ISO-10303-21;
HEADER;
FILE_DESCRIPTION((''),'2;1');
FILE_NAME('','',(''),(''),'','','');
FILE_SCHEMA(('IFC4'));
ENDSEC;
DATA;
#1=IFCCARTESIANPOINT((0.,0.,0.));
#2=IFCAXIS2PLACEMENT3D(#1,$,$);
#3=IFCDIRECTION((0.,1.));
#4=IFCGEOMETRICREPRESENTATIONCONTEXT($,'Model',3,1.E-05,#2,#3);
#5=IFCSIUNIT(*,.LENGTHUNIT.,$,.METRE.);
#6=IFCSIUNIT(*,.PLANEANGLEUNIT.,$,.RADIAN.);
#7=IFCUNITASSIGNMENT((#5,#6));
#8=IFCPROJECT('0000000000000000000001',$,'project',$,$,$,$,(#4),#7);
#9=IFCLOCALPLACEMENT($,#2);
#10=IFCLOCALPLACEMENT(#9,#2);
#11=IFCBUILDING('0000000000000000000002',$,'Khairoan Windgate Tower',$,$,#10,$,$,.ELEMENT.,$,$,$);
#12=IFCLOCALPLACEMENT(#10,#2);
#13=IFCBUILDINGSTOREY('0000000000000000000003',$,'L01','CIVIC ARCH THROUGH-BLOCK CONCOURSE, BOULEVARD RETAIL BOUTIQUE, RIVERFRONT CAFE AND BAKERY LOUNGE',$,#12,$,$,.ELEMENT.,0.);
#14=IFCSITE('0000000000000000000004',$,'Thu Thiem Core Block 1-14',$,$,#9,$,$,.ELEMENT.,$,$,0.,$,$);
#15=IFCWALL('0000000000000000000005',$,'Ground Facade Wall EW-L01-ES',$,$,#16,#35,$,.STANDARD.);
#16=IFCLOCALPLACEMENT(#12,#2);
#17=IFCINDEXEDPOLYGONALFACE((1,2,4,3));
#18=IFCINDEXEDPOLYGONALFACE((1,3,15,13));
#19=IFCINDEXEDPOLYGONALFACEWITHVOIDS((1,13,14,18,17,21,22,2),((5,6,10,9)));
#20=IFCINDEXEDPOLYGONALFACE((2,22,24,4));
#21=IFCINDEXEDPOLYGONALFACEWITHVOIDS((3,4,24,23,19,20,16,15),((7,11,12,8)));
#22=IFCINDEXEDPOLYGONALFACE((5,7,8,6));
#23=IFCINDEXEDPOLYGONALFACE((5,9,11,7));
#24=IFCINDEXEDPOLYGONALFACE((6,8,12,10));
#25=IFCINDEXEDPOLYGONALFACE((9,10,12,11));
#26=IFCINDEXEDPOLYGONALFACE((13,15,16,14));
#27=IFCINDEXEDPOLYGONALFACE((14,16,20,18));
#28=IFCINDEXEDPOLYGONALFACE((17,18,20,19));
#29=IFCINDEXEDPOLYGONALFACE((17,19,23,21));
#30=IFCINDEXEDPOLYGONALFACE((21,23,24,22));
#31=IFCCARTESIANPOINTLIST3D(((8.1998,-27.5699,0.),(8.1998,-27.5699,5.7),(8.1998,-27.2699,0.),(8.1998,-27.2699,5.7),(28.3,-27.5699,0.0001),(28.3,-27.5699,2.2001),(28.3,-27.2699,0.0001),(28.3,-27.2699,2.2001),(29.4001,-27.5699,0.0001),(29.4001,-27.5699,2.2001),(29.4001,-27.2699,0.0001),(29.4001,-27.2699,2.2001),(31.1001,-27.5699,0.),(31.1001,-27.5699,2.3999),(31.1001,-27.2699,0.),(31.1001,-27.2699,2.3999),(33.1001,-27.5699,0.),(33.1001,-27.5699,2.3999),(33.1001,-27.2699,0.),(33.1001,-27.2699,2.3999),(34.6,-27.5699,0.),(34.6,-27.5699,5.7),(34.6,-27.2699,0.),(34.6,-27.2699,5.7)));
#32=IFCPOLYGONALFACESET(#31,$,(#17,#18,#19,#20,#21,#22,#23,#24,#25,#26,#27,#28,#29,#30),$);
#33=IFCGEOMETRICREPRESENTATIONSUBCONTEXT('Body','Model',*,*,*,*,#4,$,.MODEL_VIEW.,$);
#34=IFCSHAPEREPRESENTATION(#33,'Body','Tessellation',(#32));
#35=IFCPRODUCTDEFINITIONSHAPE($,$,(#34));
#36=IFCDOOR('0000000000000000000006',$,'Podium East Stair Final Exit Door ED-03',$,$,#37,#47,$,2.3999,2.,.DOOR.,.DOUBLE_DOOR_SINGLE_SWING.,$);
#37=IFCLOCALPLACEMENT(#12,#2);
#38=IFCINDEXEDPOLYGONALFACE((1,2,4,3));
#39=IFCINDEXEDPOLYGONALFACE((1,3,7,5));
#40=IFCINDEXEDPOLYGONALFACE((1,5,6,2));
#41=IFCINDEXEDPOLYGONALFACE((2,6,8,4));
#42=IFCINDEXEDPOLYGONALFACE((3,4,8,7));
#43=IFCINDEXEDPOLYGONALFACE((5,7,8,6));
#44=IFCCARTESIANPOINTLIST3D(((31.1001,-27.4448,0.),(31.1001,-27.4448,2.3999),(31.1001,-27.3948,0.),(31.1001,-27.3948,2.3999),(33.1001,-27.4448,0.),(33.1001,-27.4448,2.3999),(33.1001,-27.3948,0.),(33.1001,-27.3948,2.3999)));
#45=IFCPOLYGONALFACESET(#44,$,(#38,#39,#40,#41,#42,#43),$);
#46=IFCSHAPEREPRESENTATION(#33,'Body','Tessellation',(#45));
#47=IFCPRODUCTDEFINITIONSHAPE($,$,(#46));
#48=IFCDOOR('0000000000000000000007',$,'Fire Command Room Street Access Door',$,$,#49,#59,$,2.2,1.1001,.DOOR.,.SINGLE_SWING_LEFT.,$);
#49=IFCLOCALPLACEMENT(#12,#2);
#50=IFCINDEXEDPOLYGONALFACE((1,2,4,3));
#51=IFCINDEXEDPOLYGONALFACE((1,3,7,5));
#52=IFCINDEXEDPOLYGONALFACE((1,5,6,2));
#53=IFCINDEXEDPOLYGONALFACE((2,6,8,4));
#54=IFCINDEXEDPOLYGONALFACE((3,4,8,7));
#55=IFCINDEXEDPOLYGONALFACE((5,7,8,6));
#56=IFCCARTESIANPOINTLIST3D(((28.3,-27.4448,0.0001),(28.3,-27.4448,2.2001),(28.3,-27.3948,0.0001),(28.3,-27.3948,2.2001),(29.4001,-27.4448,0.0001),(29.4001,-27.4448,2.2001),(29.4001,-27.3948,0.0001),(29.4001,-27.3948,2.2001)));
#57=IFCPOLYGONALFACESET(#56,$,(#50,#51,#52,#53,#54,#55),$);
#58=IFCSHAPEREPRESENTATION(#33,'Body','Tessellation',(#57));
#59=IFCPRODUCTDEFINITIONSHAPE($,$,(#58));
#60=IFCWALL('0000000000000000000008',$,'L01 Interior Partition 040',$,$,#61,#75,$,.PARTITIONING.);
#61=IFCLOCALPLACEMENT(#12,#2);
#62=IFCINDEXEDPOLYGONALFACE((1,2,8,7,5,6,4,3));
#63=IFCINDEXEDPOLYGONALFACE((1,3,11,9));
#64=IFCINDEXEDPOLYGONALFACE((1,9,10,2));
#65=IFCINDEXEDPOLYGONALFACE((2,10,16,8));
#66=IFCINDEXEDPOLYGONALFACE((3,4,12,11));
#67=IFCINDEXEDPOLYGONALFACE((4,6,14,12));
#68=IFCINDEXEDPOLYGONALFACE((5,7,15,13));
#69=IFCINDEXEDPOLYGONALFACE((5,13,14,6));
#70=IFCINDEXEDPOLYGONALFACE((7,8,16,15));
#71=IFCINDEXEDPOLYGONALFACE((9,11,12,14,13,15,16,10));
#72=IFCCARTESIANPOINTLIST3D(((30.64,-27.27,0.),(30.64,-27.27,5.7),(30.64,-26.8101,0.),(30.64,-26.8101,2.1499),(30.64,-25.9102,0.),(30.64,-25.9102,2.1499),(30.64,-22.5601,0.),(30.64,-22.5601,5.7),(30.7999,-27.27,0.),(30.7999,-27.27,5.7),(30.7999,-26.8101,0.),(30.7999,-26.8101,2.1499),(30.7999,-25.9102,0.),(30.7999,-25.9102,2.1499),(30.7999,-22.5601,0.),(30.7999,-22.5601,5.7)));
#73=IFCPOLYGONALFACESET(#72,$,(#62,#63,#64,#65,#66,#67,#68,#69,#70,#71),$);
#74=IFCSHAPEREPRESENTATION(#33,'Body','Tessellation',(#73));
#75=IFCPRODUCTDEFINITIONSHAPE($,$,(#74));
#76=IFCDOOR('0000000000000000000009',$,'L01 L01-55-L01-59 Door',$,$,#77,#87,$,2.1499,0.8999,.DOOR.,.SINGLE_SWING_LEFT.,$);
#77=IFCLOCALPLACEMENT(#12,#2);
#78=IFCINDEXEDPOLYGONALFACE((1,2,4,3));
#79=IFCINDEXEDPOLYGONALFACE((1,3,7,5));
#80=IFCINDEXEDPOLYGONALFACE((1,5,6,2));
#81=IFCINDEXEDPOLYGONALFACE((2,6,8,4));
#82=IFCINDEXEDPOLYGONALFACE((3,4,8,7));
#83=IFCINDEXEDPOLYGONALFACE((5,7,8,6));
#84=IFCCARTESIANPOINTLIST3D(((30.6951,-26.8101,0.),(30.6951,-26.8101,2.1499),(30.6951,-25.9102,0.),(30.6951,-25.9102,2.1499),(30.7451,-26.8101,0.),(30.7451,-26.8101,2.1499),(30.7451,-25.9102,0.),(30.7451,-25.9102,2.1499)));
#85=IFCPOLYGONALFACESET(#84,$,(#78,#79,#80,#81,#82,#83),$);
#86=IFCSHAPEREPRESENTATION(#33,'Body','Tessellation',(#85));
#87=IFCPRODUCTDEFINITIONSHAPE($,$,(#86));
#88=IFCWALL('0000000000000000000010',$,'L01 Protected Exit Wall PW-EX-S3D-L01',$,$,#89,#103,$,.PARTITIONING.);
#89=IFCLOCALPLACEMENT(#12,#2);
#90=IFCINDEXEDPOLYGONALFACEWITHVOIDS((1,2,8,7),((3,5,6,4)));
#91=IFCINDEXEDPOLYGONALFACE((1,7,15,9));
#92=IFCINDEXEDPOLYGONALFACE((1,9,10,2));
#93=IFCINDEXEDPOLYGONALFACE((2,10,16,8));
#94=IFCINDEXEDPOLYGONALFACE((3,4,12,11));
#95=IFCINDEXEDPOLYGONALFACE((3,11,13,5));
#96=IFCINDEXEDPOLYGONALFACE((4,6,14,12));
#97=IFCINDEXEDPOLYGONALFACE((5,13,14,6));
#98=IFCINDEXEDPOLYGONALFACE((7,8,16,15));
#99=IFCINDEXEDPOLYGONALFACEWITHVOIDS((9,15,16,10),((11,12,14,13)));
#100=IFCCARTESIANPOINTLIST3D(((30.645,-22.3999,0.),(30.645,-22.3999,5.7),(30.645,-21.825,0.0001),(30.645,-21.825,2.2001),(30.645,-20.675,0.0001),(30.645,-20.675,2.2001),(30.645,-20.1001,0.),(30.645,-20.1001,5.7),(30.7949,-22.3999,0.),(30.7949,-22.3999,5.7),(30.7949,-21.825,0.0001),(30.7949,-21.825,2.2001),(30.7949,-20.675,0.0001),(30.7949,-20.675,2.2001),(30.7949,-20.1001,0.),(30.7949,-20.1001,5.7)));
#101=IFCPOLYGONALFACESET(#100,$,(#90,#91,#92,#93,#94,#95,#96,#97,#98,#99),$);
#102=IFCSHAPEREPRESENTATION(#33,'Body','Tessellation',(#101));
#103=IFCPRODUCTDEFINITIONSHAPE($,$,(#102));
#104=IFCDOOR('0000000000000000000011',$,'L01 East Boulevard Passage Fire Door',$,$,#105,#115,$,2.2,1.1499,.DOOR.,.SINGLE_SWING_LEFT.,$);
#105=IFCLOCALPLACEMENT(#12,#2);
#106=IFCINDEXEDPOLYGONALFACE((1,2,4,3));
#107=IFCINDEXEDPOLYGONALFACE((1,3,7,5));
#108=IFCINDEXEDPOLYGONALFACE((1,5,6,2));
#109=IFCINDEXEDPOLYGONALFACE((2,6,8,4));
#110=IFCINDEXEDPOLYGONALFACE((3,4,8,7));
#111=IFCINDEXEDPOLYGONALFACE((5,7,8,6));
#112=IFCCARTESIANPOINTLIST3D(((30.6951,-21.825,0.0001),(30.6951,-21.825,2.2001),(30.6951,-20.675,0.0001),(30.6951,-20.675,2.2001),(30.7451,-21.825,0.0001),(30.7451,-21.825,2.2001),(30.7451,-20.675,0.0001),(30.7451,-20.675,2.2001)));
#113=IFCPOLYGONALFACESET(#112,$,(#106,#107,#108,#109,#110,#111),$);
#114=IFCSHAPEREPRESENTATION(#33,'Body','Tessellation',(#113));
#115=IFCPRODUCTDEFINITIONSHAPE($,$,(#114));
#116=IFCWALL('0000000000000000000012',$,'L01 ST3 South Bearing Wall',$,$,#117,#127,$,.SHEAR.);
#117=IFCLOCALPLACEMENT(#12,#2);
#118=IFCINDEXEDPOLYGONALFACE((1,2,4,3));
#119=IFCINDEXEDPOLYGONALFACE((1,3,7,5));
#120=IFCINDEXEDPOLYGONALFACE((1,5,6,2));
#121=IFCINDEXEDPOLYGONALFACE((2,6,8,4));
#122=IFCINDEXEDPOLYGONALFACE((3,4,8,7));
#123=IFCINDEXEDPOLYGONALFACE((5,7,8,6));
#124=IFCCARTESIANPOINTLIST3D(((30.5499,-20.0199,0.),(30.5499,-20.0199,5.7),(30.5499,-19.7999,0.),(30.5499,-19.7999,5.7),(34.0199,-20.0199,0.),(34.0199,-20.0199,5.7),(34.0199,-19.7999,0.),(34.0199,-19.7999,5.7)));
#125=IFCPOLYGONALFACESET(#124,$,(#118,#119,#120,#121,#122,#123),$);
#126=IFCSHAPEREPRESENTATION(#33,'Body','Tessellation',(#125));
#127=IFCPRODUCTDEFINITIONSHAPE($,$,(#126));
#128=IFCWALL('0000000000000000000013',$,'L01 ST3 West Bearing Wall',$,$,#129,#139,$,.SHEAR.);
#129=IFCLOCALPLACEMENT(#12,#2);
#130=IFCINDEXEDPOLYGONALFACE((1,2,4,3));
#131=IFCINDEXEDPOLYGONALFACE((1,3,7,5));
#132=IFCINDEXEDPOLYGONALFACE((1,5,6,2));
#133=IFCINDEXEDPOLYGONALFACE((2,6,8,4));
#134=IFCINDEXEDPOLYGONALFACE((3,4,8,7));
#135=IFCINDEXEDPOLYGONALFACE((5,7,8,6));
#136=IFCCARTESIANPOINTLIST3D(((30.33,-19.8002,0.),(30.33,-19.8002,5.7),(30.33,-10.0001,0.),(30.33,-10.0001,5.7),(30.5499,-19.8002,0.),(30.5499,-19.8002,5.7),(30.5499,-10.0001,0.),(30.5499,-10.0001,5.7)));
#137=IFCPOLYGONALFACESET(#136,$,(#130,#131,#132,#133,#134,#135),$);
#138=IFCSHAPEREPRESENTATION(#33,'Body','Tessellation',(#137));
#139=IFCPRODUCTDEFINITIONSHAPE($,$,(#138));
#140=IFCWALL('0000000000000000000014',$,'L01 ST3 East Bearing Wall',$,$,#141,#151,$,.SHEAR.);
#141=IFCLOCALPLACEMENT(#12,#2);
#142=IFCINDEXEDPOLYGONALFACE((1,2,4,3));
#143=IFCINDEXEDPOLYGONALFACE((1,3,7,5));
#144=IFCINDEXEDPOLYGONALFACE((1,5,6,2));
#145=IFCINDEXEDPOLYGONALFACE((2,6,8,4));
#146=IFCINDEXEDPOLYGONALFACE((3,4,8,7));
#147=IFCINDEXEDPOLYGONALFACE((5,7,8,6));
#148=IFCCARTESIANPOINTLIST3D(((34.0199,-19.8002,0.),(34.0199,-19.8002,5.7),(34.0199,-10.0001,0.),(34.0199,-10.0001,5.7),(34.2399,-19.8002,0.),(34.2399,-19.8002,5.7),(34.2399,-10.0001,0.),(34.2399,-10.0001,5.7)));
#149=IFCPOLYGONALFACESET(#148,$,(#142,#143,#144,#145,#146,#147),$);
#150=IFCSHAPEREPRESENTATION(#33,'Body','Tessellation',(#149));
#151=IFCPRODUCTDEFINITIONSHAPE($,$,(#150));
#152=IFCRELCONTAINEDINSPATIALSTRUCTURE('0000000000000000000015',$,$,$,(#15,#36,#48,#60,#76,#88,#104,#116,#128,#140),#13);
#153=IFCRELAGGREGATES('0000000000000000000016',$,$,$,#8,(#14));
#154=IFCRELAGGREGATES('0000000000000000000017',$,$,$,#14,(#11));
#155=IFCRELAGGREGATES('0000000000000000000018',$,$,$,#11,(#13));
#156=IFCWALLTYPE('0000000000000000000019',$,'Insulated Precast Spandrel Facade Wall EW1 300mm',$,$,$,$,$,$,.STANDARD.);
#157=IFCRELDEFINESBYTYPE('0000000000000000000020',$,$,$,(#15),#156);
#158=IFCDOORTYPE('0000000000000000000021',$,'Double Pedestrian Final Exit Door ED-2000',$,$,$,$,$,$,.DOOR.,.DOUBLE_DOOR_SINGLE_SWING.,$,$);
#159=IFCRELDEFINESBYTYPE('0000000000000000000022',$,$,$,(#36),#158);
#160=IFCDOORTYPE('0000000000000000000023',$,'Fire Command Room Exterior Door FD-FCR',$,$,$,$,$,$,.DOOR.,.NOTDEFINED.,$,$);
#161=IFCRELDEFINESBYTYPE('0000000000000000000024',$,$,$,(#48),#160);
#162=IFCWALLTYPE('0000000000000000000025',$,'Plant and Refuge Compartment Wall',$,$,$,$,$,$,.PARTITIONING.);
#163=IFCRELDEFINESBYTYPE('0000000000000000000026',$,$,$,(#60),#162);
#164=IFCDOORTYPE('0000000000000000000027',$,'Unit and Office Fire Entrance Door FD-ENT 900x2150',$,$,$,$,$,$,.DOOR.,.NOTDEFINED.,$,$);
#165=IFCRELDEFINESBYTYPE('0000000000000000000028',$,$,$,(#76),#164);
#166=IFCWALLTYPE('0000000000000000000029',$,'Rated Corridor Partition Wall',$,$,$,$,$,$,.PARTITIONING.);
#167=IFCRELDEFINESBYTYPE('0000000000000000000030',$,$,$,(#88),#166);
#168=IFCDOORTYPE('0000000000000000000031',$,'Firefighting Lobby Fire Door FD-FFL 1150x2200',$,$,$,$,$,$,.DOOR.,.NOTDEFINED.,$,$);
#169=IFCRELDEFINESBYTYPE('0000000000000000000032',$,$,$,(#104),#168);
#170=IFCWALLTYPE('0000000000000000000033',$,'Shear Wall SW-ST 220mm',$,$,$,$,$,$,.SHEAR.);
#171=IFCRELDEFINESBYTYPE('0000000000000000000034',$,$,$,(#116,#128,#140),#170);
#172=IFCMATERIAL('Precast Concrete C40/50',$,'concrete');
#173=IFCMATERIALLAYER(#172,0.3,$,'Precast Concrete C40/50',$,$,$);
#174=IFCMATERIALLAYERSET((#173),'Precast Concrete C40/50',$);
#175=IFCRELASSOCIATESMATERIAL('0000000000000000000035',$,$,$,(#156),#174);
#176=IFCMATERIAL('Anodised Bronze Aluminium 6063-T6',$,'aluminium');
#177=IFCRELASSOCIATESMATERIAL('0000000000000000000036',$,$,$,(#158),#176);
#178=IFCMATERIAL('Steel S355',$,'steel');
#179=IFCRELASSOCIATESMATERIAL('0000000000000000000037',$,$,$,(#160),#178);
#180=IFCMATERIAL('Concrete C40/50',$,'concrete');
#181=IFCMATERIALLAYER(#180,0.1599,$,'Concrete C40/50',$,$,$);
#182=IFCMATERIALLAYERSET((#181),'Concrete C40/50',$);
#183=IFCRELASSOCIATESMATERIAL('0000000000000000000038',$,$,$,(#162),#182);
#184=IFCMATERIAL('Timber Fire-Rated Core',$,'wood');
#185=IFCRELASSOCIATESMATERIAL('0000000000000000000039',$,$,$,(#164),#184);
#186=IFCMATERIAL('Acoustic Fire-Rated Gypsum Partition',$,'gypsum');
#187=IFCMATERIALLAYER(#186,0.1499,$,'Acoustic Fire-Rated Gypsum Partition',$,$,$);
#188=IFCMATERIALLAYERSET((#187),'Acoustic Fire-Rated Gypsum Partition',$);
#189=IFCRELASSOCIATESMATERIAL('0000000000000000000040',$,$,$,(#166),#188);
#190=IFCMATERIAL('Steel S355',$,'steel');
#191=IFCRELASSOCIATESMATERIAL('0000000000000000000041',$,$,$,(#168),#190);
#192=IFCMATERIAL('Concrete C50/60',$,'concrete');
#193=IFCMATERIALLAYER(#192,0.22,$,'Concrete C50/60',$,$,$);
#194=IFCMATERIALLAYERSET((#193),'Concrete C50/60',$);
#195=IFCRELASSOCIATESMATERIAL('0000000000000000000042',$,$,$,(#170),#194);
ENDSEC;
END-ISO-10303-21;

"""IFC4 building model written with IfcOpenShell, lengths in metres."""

from ifc_helpers import new_model, si_unit, direction, frame, frame_2d, origin, place, context, subcontext, project, spatial, rectangle, extrude, material, layer, layer_set, type_object, element, fill, save


model = new_model("IFC4")

# Units and contexts
model_context = context("Model", 3, precision=1e-05, world=origin(), true_north=direction((0.0, 1.0)))
body_context = subcontext(model_context, "Body", "Model", "MODEL_VIEW")
ifc_project = project(units=[si_unit("LENGTHUNIT", "METRE"), si_unit("PLANEANGLEUNIT", "RADIAN")], contexts=[model_context])

# Site, building, storey
site_placement = place(None, origin())
site = spatial("IfcSite", under=ifc_project, at=site_placement, Name="Thu Thiem Core Block 1-14", CompositionType="ELEMENT", RefElevation=0.0)
building_placement = place(site_placement, origin())
building = spatial("IfcBuilding", under=site, at=building_placement, Name="Khairoan Windgate Tower", CompositionType="ELEMENT")
storey_placement = place(building_placement, origin())
storey = spatial("IfcBuildingStorey", under=building, at=storey_placement, Name="L01", Description="CIVIC ARCH THROUGH-BLOCK CONCOURSE, BOULEVARD RETAIL BOUTIQUE, RIVERFRONT CAFE AND BAKERY LOUNGE", CompositionType="ELEMENT", Elevation=0.0)

# Wall, openings, doors
ifc_material_1 = material(Name="Precast Concrete C40/50", Category="concrete")
ifc_layer_1 = layer(ifc_material_1, 0.3, Name="Precast Concrete C40/50")
ifc_layer_set_1 = layer_set([ifc_layer_1], Name="Precast Concrete C40/50")
wall_type_1 = type_object("IfcWallType", Name="Insulated Precast Spandrel Facade Wall EW1 300mm", PredefinedType="STANDARD", material=ifc_layer_set_1)
wall_1_placement = place(storey_placement, frame((34.6001, -27.4199, 0.0), z_axis=(0.0, 0.0, 1.0), x_axis=(-1.0, 0.0, 0.0)))
wall_1 = element("IfcWall", 1, at=wall_1_placement, inside=storey, type_object=wall_type_1, Name="Ground Facade Wall EW-L01-ES", PredefinedType="STANDARD", context=body_context, shape_type="SweptSolid", body=[
    extrude(rectangle(XDim=26.4001, YDim=0.3, at=frame_2d((13.2002, 0.0))), origin(), (0.0, 0.0, 1.0), 5.7),
])
opening_1_placement = place(wall_1_placement, frame((1.5, 0.0, 0.0)))
opening_1 = element("IfcOpeningElement", 2, at=opening_1_placement, cuts=wall_1, PredefinedType="OPENING", context=body_context, shape_type="SweptSolid", body=[
    extrude(rectangle(XDim=2.0, YDim=2.3999, at=frame_2d((1.0, 1.2))), frame((0.0, 0.1599, 0.0), z_axis=(0.0, -1.0, 0.0), x_axis=(1.0, 0.0, 0.0)), (0.0, 0.0, 1.0), 0.3201),
])
opening_2_placement = place(wall_1_placement, frame((5.2, 0.0, 0.0)))
opening_2 = element("IfcOpeningElement", 3, at=opening_2_placement, cuts=wall_1, PredefinedType="OPENING", context=body_context, shape_type="SweptSolid", body=[
    extrude(rectangle(XDim=1.1001, YDim=2.2, at=frame_2d((0.55, 1.1001))), frame((0.0, 0.1599, 0.0), z_axis=(0.0, -1.0, 0.0), x_axis=(1.0, 0.0, 0.0)), (0.0, 0.0, 1.0), 0.3201),
])
ifc_material_2 = material(Name="Anodised Bronze Aluminium 6063-T6", Category="aluminium")
door_type_1 = type_object("IfcDoorType", Name="Double Pedestrian Final Exit Door ED-2000", OperationType="DOUBLE_DOOR_SINGLE_SWING", PredefinedType="DOOR", material=ifc_material_2)
door_1_placement = place(opening_1_placement, origin())
door_1 = element("IfcDoor", 4, at=door_1_placement, inside=storey, type_object=door_type_1, Name="Podium East Stair Final Exit Door ED-03", OperationType="DOUBLE_DOOR_SINGLE_SWING", OverallHeight=2.3999, OverallWidth=2.0, PredefinedType="DOOR", context=body_context, shape_type="SweptSolid", body=[
    extrude(rectangle(XDim=2.0, YDim=2.3999, at=frame_2d((1.0, 1.2))), frame((0.0, 0.0249, 0.0), z_axis=(0.0, -1.0, 0.0), x_axis=(1.0, 0.0, 0.0)), (0.0, 0.0, 1.0), 0.05),
])
fill(opening_1, door_1)
ifc_material_3 = material(Name="Steel S355", Category="steel")
door_type_2 = type_object("IfcDoorType", Name="Fire Command Room Exterior Door FD-FCR", OperationType="NOTDEFINED", PredefinedType="DOOR", material=ifc_material_3)
door_2_placement = place(opening_2_placement, origin())
door_2 = element("IfcDoor", 5, at=door_2_placement, inside=storey, type_object=door_type_2, Name="Fire Command Room Street Access Door", OperationType="SINGLE_SWING_LEFT", OverallHeight=2.2, OverallWidth=1.1001, PredefinedType="DOOR", context=body_context, shape_type="SweptSolid", body=[
    extrude(rectangle(XDim=1.1001, YDim=2.2, at=frame_2d((0.55, 1.1001))), frame((0.0, 0.0249, 0.0), z_axis=(0.0, -1.0, 0.0), x_axis=(1.0, 0.0, 0.0)), (0.0, 0.0, 1.0), 0.05),
])
fill(opening_2, door_2)

# Wall, opening, door
ifc_material_4 = material(Name="Concrete C40/50", Category="concrete")
ifc_layer_2 = layer(ifc_material_4, 0.1599, Name="Concrete C40/50")
ifc_layer_set_2 = layer_set([ifc_layer_2], Name="Concrete C40/50")
wall_type_2 = type_object("IfcWallType", Name="Plant and Refuge Compartment Wall", PredefinedType="PARTITIONING", material=ifc_layer_set_2)
wall_2_placement = place(storey_placement, frame((30.72, -27.27, 0.0), z_axis=(0.0, 0.0, 1.0), x_axis=(0.0, 1.0, 0.0)))
wall_2 = element("IfcWall", 6, at=wall_2_placement, inside=storey, type_object=wall_type_2, Name="L01 Interior Partition 040", PredefinedType="PARTITIONING", context=body_context, shape_type="SweptSolid", body=[
    extrude(rectangle(XDim=4.71, YDim=0.1599, at=frame_2d((2.355, 0.0))), origin(), (0.0, 0.0, 1.0), 5.7),
])
opening_3_placement = place(wall_2_placement, frame((0.46, 0.0, 0.0)))
opening_3 = element("IfcOpeningElement", 7, at=opening_3_placement, cuts=wall_2, PredefinedType="OPENING", context=body_context, shape_type="SweptSolid", body=[
    extrude(rectangle(XDim=0.8999, YDim=2.1499, at=frame_2d((0.45, 1.075))), frame((0.0, 0.0898, 0.0), z_axis=(0.0, -1.0, 0.0), x_axis=(1.0, 0.0, 0.0)), (0.0, 0.0, 1.0), 0.1799),
])
ifc_material_5 = material(Name="Timber Fire-Rated Core", Category="wood")
door_type_3 = type_object("IfcDoorType", Name="Unit and Office Fire Entrance Door FD-ENT 900x2150", OperationType="NOTDEFINED", PredefinedType="DOOR", material=ifc_material_5)
door_3_placement = place(opening_3_placement, origin())
door_3 = element("IfcDoor", 8, at=door_3_placement, inside=storey, type_object=door_type_3, Name="L01 L01-55-L01-59 Door", OperationType="SINGLE_SWING_LEFT", OverallHeight=2.1499, OverallWidth=0.8999, PredefinedType="DOOR", context=body_context, shape_type="SweptSolid", body=[
    extrude(rectangle(XDim=0.8999, YDim=2.1499, at=frame_2d((0.45, 1.075))), frame((0.0, 0.0249, 0.0), z_axis=(0.0, -1.0, 0.0), x_axis=(1.0, 0.0, 0.0)), (0.0, 0.0, 1.0), 0.05),
])
fill(opening_3, door_3)

# Wall, opening, door
ifc_material_6 = material(Name="Acoustic Fire-Rated Gypsum Partition", Category="gypsum")
ifc_layer_3 = layer(ifc_material_6, 0.1499, Name="Acoustic Fire-Rated Gypsum Partition")
ifc_layer_set_3 = layer_set([ifc_layer_3], Name="Acoustic Fire-Rated Gypsum Partition")
wall_type_3 = type_object("IfcWallType", Name="Rated Corridor Partition Wall", PredefinedType="PARTITIONING", material=ifc_layer_set_3)
wall_3_placement = place(storey_placement, frame((30.72, -22.3999, 0.0), z_axis=(0.0, 0.0, 1.0), x_axis=(0.0, 1.0, 0.0)))
wall_3 = element("IfcWall", 9, at=wall_3_placement, inside=storey, type_object=wall_type_3, Name="L01 Protected Exit Wall PW-EX-S3D-L01", PredefinedType="PARTITIONING", context=body_context, shape_type="SweptSolid", body=[
    extrude(rectangle(XDim=2.2998, YDim=0.1499, at=frame_2d((1.1499, 0.0))), origin(), (0.0, 0.0, 1.0), 5.7),
])
opening_4_placement = place(wall_3_placement, frame((0.575, 0.0, 0.0)))
opening_4 = element("IfcOpeningElement", 10, at=opening_4_placement, cuts=wall_3, PredefinedType="OPENING", context=body_context, shape_type="SweptSolid", body=[
    extrude(rectangle(XDim=1.1499, YDim=2.2, at=frame_2d((0.575, 1.1001))), frame((0.0, 0.085, 0.0), z_axis=(0.0, -1.0, 0.0), x_axis=(1.0, 0.0, 0.0)), (0.0, 0.0, 1.0), 0.1699),
])
ifc_material_7 = material(Name="Steel S355", Category="steel")
door_type_4 = type_object("IfcDoorType", Name="Firefighting Lobby Fire Door FD-FFL 1150x2200", OperationType="NOTDEFINED", PredefinedType="DOOR", material=ifc_material_7)
door_4_placement = place(opening_4_placement, origin())
door_4 = element("IfcDoor", 11, at=door_4_placement, inside=storey, type_object=door_type_4, Name="L01 East Boulevard Passage Fire Door", OperationType="SINGLE_SWING_LEFT", OverallHeight=2.2, OverallWidth=1.1499, PredefinedType="DOOR", context=body_context, shape_type="SweptSolid", body=[
    extrude(rectangle(XDim=1.1499, YDim=2.2, at=frame_2d((0.575, 1.1001))), frame((0.0, 0.0249, 0.0), z_axis=(0.0, -1.0, 0.0), x_axis=(1.0, 0.0, 0.0)), (0.0, 0.0, 1.0), 0.05),
])
fill(opening_4, door_4)

# Walls
ifc_material_8 = material(Name="Concrete C50/60", Category="concrete")
ifc_layer_4 = layer(ifc_material_8, 0.22, Name="Concrete C50/60")
ifc_layer_set_4 = layer_set([ifc_layer_4], Name="Concrete C50/60")
wall_type_4 = type_object("IfcWallType", Name="Shear Wall SW-ST 220mm", PredefinedType="SHEAR", material=ifc_layer_set_4)
wall_4_placement = place(storey_placement, frame((30.55, -19.9099, 0.0), z_axis=(0.0, 0.0, 1.0), x_axis=(1.0, 0.0, 0.0)))
element("IfcWall", 12, at=wall_4_placement, inside=storey, type_object=wall_type_4, Name="L01 ST3 South Bearing Wall", PredefinedType="SHEAR", context=body_context, shape_type="SweptSolid", body=[
    extrude(rectangle(XDim=3.47, YDim=0.22, at=frame_2d((1.7349, 0.0))), origin(), (0.0, 0.0, 1.0), 5.7),
])
for number, where, z_axis, x_axis, name in (
    (13, (30.4399, -19.8, 0.0), (0.0, 0.0, 1.0), (0.0, 1.0, 0.0), "L01 ST3 West Bearing Wall"),
    (14, (34.1299, -19.8, 0.0), (0.0, 0.0, 1.0), (0.0, 1.0, 0.0), "L01 ST3 East Bearing Wall"),
):
    element("IfcWall", number, at=place(storey_placement, frame(where, z_axis=z_axis, x_axis=x_axis)), inside=storey, type_object=wall_type_4, Name=name, PredefinedType="SHEAR", context=body_context, shape_type="SweptSolid", body=[
        extrude(rectangle(XDim=9.8, YDim=0.22, at=frame_2d((4.8999, 0.0))), origin(), (0.0, 0.0, 1.0), 5.7),
    ])

save(model, "model.ifc")
